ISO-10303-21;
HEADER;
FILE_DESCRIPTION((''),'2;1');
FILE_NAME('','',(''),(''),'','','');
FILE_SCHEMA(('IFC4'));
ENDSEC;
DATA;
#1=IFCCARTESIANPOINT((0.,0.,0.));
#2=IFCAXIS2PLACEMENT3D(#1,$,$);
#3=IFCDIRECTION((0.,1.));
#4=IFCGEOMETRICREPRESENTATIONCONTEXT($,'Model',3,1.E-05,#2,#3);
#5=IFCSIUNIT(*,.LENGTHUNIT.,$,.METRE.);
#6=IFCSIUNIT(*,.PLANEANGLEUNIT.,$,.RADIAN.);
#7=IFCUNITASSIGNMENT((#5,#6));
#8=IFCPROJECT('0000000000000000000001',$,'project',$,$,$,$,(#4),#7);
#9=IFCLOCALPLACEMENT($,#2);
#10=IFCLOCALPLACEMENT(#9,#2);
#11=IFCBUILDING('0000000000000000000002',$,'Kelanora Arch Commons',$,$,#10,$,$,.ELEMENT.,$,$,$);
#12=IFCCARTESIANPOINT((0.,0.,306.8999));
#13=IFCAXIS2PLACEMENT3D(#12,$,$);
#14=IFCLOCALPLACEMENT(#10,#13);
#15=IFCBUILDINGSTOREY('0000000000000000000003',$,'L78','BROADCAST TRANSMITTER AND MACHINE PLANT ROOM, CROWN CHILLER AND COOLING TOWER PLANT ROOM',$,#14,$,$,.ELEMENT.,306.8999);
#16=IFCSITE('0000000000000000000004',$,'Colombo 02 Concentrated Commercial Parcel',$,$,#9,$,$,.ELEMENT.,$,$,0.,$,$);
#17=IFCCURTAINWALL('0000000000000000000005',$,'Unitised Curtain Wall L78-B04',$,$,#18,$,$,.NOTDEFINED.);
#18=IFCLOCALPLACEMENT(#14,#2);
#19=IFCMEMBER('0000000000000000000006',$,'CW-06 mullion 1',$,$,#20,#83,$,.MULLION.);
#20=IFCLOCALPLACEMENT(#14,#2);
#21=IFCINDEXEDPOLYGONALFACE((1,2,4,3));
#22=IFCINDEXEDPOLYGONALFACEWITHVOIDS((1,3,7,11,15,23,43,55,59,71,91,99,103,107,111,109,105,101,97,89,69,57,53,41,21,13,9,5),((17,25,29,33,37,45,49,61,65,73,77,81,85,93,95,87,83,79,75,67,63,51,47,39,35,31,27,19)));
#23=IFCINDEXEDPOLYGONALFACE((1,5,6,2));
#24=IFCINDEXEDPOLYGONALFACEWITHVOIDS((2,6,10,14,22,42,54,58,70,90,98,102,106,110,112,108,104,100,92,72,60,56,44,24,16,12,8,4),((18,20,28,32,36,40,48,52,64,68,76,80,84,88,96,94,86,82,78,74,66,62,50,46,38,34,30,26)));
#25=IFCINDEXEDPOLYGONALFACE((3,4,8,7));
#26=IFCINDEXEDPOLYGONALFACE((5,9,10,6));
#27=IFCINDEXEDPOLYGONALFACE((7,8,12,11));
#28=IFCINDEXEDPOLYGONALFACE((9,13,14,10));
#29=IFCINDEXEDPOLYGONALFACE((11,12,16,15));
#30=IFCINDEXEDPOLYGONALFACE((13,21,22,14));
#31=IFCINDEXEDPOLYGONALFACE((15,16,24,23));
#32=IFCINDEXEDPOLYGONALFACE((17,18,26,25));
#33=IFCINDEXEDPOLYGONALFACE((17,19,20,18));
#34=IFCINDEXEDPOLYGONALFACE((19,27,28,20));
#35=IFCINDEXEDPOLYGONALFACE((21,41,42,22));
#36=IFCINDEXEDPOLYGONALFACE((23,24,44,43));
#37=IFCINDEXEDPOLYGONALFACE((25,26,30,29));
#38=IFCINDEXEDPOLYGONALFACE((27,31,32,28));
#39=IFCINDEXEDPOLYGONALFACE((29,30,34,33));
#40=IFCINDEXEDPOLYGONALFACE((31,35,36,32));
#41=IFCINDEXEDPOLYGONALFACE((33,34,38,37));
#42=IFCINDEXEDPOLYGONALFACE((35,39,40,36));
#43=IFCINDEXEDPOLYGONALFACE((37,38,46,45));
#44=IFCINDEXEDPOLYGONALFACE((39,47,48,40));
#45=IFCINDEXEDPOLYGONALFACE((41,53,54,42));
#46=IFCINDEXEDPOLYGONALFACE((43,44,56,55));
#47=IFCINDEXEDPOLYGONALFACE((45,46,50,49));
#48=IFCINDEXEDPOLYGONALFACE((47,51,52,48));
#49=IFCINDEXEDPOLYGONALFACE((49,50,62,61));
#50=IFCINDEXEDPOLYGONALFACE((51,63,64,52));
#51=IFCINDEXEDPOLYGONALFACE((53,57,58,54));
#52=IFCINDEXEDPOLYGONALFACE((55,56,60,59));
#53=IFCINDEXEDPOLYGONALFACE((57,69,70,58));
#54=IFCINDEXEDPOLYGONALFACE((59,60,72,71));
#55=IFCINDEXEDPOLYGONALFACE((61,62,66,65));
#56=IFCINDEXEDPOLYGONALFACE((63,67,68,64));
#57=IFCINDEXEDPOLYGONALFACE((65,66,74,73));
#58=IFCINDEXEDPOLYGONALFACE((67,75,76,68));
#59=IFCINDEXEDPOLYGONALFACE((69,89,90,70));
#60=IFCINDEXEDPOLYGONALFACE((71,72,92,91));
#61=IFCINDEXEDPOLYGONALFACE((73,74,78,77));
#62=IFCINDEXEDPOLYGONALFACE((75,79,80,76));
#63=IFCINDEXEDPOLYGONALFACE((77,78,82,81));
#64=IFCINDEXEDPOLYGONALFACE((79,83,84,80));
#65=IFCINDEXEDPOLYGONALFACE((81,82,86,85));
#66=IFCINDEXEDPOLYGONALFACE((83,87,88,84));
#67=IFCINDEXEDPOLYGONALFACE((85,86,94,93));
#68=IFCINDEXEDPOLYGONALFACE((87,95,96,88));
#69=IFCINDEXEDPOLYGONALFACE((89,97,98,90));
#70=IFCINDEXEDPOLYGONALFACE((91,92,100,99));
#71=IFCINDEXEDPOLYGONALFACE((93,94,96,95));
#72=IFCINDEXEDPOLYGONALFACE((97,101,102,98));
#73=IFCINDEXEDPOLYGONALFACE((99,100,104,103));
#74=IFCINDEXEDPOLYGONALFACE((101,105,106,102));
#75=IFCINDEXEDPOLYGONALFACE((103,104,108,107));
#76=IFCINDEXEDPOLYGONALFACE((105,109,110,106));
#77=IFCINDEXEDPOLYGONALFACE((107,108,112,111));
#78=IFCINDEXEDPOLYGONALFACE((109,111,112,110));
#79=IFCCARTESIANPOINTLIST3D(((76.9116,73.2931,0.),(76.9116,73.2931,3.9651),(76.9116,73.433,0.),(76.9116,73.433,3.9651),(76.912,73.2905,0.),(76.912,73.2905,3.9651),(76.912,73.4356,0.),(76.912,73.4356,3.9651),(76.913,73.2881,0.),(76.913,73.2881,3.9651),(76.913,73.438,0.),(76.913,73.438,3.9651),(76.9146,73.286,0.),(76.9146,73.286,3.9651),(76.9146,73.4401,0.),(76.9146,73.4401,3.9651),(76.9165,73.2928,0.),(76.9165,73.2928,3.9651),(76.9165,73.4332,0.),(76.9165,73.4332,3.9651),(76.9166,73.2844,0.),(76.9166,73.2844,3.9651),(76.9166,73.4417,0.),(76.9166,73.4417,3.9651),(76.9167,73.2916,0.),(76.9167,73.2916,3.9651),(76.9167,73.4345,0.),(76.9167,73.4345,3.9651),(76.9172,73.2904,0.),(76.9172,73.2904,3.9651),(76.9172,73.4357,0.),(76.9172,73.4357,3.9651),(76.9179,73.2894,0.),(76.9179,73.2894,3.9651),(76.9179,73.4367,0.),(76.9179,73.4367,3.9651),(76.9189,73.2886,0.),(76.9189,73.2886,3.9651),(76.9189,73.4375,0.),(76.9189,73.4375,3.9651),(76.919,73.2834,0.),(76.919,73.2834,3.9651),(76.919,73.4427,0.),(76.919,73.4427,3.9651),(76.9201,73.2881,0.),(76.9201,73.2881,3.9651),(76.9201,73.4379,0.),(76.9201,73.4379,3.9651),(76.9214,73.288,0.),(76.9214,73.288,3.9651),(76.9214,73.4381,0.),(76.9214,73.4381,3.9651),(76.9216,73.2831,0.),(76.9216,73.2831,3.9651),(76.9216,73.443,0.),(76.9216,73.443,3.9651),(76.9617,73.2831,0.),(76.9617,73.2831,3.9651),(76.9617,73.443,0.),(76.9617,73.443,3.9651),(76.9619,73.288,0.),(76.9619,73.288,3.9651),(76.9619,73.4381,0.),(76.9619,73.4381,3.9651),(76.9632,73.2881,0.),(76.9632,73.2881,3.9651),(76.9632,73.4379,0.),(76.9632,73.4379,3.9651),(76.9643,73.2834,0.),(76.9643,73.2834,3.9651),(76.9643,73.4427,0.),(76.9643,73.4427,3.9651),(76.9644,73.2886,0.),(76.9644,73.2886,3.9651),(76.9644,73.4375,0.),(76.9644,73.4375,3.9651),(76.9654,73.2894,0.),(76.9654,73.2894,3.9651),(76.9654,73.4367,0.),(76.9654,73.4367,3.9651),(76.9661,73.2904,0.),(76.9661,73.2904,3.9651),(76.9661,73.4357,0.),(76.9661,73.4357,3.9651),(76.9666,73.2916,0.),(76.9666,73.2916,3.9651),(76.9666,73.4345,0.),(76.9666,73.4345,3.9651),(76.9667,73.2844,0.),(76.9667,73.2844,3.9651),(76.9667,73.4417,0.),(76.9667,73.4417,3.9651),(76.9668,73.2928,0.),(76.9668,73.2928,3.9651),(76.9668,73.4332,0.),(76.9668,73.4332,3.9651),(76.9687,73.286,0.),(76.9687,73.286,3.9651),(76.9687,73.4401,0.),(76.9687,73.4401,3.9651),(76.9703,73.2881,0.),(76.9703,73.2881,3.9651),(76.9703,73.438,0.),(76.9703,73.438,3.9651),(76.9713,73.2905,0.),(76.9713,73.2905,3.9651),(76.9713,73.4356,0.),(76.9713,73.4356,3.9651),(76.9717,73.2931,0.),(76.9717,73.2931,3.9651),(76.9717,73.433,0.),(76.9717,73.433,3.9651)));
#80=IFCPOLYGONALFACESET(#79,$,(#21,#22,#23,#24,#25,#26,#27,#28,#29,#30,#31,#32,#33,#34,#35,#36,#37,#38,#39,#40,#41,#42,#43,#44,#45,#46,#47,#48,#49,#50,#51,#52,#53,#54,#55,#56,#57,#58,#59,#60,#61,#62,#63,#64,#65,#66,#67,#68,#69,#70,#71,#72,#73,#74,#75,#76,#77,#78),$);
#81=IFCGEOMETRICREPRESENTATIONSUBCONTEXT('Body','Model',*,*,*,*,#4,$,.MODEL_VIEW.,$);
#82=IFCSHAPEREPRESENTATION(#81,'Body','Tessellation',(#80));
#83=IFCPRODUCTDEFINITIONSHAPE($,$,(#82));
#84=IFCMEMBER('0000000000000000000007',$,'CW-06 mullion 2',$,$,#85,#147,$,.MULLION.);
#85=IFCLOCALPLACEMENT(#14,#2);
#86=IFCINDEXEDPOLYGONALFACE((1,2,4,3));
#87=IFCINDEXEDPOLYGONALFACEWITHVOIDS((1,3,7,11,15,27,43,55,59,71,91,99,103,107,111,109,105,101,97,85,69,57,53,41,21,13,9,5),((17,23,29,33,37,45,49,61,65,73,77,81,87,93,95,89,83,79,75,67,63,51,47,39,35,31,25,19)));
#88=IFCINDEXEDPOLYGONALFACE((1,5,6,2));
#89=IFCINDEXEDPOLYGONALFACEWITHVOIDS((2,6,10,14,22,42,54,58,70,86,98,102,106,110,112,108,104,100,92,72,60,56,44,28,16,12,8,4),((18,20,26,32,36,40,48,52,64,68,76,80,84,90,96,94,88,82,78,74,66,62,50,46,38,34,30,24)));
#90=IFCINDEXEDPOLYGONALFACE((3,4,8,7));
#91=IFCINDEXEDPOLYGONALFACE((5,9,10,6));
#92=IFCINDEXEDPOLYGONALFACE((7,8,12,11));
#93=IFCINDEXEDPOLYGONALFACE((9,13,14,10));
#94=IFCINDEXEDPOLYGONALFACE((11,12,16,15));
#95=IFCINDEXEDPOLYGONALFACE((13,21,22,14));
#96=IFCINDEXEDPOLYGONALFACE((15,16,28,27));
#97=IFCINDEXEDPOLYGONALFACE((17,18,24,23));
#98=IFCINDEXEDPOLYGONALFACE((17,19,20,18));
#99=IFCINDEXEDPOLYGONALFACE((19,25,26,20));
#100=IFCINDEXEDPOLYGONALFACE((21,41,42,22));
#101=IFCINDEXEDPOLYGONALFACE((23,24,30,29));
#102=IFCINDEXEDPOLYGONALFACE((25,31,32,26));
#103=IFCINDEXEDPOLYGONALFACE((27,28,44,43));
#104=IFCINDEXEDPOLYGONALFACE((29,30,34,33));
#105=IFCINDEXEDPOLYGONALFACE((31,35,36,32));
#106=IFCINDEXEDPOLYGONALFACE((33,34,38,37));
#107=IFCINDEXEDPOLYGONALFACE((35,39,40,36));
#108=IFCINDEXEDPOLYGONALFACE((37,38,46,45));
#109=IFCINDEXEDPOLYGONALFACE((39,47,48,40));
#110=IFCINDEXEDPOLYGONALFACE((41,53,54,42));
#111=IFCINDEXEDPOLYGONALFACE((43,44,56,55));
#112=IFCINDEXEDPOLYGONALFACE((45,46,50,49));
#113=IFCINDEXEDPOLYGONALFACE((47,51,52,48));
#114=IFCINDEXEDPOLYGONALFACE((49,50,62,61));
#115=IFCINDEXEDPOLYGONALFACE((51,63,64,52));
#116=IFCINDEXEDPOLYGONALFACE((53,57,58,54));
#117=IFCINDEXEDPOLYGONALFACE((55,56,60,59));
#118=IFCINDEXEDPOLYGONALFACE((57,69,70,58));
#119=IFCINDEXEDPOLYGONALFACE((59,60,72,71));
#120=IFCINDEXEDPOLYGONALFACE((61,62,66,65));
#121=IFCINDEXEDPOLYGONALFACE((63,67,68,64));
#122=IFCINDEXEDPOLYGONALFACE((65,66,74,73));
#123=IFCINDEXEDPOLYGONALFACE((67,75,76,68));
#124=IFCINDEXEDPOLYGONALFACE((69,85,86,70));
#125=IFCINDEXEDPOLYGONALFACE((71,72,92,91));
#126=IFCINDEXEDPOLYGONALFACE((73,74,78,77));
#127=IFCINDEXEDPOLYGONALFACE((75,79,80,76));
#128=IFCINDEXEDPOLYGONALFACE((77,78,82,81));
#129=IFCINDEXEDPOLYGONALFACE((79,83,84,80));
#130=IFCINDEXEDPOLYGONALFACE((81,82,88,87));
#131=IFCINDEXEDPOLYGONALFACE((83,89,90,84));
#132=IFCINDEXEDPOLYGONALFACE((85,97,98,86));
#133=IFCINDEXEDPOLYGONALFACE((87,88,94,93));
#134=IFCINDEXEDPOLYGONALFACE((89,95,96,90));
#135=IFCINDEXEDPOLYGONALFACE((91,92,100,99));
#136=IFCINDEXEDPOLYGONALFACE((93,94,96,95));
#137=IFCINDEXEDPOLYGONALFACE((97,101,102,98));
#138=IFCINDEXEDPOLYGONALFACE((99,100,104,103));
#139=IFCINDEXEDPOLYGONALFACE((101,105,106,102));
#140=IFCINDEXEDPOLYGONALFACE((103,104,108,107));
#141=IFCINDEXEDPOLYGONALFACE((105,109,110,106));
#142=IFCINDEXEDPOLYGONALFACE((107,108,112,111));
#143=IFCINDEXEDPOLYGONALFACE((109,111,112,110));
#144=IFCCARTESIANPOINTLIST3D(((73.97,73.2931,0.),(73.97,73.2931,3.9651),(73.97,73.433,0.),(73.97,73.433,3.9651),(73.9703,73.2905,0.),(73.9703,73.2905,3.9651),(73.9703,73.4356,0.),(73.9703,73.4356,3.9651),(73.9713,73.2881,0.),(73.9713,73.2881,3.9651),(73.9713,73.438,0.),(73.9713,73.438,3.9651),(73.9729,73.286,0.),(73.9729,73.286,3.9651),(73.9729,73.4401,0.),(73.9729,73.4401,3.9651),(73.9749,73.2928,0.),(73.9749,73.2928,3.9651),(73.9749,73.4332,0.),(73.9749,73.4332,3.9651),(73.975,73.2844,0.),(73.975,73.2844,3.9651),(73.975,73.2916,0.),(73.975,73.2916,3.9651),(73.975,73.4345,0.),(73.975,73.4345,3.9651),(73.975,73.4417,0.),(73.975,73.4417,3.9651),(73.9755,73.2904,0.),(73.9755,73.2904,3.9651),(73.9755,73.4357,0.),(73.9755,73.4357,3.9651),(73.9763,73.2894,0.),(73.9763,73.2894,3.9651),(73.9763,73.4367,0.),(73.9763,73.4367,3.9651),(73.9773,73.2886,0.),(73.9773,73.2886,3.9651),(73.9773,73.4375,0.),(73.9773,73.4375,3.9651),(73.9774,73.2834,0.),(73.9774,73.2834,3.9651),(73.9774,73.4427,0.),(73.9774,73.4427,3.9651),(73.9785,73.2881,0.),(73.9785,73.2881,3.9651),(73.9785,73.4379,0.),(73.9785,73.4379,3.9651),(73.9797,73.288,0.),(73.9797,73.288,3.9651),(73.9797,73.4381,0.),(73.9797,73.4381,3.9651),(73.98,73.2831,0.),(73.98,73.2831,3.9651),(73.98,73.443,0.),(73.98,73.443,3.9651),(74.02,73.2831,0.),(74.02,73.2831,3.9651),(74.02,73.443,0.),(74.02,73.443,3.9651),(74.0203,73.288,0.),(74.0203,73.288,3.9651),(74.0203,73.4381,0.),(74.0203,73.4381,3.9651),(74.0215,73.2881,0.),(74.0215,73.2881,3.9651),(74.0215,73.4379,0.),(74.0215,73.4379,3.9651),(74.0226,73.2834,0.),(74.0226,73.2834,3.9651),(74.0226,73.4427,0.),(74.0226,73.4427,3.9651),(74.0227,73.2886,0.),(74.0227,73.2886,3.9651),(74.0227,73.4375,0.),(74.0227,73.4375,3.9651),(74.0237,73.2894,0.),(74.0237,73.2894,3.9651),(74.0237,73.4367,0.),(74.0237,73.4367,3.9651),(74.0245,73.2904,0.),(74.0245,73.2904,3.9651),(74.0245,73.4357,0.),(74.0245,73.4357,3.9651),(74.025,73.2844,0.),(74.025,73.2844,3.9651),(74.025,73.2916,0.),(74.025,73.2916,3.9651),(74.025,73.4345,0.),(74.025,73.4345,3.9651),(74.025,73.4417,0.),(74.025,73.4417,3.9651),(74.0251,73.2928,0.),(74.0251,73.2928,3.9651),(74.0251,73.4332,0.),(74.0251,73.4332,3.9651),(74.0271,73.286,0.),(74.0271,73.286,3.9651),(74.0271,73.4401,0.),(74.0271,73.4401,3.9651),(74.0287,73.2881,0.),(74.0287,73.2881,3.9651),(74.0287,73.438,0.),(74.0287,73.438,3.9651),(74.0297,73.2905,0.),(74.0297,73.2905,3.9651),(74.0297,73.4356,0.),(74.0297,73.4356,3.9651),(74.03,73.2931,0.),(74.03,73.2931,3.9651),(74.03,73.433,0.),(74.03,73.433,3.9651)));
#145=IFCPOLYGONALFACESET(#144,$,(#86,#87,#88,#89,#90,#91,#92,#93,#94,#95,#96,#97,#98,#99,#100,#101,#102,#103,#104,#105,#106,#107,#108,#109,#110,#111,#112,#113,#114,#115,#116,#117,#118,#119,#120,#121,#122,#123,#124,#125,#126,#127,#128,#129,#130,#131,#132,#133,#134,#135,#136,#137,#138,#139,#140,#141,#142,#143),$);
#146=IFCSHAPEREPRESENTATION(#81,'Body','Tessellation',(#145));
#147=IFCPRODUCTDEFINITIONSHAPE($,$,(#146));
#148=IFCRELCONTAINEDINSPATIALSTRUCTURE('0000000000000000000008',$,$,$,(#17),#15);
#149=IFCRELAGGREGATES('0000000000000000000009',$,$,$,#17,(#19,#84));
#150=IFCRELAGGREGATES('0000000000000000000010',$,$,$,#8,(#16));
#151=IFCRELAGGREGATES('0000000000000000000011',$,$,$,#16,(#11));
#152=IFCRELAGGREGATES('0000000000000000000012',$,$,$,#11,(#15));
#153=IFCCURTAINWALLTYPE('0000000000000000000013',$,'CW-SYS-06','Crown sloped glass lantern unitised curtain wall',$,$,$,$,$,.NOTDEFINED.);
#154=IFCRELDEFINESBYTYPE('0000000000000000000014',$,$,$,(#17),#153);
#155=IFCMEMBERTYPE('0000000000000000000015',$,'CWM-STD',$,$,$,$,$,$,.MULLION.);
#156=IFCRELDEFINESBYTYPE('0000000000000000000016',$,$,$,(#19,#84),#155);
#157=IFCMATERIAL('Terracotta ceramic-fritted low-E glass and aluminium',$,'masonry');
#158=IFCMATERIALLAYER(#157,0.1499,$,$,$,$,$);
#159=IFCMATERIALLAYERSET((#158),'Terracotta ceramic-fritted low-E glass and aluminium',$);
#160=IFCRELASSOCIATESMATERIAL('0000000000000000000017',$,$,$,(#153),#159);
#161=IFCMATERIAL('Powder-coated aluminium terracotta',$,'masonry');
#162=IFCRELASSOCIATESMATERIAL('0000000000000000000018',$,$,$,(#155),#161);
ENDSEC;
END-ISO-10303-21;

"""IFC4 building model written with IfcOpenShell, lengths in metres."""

from ifc_helpers import new_model, si_unit, direction, frame, origin, origin_2d, place, context, subcontext, project, spatial, hollow_rectangle, extrude, material, layer, layer_set, material_profile, profile_set, type_object, element, aggregate, save


model = new_model("IFC4")

# Units and contexts
model_context = context("Model", 3, precision=1e-05, world=origin(), true_north=direction((0.0, 1.0)))
body_context = subcontext(model_context, "Body", "Model", "MODEL_VIEW")
ifc_project = project(units=[si_unit("LENGTHUNIT", "METRE"), si_unit("PLANEANGLEUNIT", "RADIAN")], contexts=[model_context])

# Site, building, storey
site_placement = place(None, origin())
site = spatial("IfcSite", under=ifc_project, at=site_placement, Name="Colombo 02 Concentrated Commercial Parcel", CompositionType="ELEMENT", RefElevation=0.0)
building_placement = place(site_placement, origin())
building = spatial("IfcBuilding", under=site, at=building_placement, Name="Kelanora Arch Commons", CompositionType="ELEMENT")
storey_placement = place(building_placement, frame((0.0, 0.0, 306.8999)))
storey = spatial("IfcBuildingStorey", under=building, at=storey_placement, Name="L78", Description="BROADCAST TRANSMITTER AND MACHINE PLANT ROOM, CROWN CHILLER AND COOLING TOWER PLANT ROOM", CompositionType="ELEMENT", Elevation=306.8999)

# Shared definitions
ifc_material_1 = material(Name="Terracotta ceramic-fritted low-E glass and aluminium", Category="masonry")
ifc_layer_1 = layer(ifc_material_1, 0.1499)
ifc_layer_set_1 = layer_set([ifc_layer_1], Name="Terracotta ceramic-fritted low-E glass and aluminium")
curtain_wall_type = type_object("IfcCurtainWallType", Name="CW-SYS-06", Description="Crown sloped glass lantern unitised curtain wall", PredefinedType="NOTDEFINED", material=ifc_layer_set_1)
ifc_material_2 = material(Name="Powder-coated aluminium terracotta", Category="masonry")
ifc_material_profile_1 = material_profile(ifc_material_2, hollow_rectangle(XDim=0.1599, YDim=0.0601, WallThickness=0.0049, InnerFilletRadius=0.0049, OuterFilletRadius=0.01, at=origin_2d()), Name="CWM160x60")
ifc_profile_set_1 = profile_set([ifc_material_profile_1], Name="Powder-coated aluminium terracotta")
member_type_1 = type_object("IfcMemberType", Name="CWM-STD", PredefinedType="MULLION", material=ifc_profile_set_1)

# Curtain wall, members
curtain_wall_1_placement = place(storey_placement, origin())
curtain_wall_1 = element("IfcCurtainWall", 1, at=curtain_wall_1_placement, inside=storey, type_object=curtain_wall_type, Name="Unitised Curtain Wall L78-B04", PredefinedType="NOTDEFINED")
member_1_placement = place(storey_placement, frame((76.9417, 73.363, 0.0), z_axis=(0.0, 0.0, 1.0), x_axis=(0.0, -1.0, 0.0)))
member_1 = element("IfcMember", 2, at=member_1_placement, type_object=member_type_1, Name="CW-06 mullion 1", PredefinedType="MULLION", context=body_context, shape_type="SweptSolid", body=[
    extrude(hollow_rectangle(XDim=0.1599, YDim=0.0601, WallThickness=0.0049, InnerFilletRadius=0.0049, OuterFilletRadius=0.01, at=origin_2d()), origin(), (0.0, 0.0, 1.0), 3.9651),
])
member_2_placement = place(storey_placement, frame((74.0, 73.363, 0.0), z_axis=(0.0, 0.0, 1.0), x_axis=(0.0, -1.0, 0.0)))
member_2 = element("IfcMember", 3, at=member_2_placement, type_object=member_type_1, Name="CW-06 mullion 2", PredefinedType="MULLION", context=body_context, shape_type="SweptSolid", body=[
    extrude(hollow_rectangle(XDim=0.1599, YDim=0.0601, WallThickness=0.0049, InnerFilletRadius=0.0049, OuterFilletRadius=0.01, at=origin_2d()), origin(), (0.0, 0.0, 1.0), 3.9651),
])

aggregate(curtain_wall_1, [member_1, member_2])

save(model, "model.ifc")
